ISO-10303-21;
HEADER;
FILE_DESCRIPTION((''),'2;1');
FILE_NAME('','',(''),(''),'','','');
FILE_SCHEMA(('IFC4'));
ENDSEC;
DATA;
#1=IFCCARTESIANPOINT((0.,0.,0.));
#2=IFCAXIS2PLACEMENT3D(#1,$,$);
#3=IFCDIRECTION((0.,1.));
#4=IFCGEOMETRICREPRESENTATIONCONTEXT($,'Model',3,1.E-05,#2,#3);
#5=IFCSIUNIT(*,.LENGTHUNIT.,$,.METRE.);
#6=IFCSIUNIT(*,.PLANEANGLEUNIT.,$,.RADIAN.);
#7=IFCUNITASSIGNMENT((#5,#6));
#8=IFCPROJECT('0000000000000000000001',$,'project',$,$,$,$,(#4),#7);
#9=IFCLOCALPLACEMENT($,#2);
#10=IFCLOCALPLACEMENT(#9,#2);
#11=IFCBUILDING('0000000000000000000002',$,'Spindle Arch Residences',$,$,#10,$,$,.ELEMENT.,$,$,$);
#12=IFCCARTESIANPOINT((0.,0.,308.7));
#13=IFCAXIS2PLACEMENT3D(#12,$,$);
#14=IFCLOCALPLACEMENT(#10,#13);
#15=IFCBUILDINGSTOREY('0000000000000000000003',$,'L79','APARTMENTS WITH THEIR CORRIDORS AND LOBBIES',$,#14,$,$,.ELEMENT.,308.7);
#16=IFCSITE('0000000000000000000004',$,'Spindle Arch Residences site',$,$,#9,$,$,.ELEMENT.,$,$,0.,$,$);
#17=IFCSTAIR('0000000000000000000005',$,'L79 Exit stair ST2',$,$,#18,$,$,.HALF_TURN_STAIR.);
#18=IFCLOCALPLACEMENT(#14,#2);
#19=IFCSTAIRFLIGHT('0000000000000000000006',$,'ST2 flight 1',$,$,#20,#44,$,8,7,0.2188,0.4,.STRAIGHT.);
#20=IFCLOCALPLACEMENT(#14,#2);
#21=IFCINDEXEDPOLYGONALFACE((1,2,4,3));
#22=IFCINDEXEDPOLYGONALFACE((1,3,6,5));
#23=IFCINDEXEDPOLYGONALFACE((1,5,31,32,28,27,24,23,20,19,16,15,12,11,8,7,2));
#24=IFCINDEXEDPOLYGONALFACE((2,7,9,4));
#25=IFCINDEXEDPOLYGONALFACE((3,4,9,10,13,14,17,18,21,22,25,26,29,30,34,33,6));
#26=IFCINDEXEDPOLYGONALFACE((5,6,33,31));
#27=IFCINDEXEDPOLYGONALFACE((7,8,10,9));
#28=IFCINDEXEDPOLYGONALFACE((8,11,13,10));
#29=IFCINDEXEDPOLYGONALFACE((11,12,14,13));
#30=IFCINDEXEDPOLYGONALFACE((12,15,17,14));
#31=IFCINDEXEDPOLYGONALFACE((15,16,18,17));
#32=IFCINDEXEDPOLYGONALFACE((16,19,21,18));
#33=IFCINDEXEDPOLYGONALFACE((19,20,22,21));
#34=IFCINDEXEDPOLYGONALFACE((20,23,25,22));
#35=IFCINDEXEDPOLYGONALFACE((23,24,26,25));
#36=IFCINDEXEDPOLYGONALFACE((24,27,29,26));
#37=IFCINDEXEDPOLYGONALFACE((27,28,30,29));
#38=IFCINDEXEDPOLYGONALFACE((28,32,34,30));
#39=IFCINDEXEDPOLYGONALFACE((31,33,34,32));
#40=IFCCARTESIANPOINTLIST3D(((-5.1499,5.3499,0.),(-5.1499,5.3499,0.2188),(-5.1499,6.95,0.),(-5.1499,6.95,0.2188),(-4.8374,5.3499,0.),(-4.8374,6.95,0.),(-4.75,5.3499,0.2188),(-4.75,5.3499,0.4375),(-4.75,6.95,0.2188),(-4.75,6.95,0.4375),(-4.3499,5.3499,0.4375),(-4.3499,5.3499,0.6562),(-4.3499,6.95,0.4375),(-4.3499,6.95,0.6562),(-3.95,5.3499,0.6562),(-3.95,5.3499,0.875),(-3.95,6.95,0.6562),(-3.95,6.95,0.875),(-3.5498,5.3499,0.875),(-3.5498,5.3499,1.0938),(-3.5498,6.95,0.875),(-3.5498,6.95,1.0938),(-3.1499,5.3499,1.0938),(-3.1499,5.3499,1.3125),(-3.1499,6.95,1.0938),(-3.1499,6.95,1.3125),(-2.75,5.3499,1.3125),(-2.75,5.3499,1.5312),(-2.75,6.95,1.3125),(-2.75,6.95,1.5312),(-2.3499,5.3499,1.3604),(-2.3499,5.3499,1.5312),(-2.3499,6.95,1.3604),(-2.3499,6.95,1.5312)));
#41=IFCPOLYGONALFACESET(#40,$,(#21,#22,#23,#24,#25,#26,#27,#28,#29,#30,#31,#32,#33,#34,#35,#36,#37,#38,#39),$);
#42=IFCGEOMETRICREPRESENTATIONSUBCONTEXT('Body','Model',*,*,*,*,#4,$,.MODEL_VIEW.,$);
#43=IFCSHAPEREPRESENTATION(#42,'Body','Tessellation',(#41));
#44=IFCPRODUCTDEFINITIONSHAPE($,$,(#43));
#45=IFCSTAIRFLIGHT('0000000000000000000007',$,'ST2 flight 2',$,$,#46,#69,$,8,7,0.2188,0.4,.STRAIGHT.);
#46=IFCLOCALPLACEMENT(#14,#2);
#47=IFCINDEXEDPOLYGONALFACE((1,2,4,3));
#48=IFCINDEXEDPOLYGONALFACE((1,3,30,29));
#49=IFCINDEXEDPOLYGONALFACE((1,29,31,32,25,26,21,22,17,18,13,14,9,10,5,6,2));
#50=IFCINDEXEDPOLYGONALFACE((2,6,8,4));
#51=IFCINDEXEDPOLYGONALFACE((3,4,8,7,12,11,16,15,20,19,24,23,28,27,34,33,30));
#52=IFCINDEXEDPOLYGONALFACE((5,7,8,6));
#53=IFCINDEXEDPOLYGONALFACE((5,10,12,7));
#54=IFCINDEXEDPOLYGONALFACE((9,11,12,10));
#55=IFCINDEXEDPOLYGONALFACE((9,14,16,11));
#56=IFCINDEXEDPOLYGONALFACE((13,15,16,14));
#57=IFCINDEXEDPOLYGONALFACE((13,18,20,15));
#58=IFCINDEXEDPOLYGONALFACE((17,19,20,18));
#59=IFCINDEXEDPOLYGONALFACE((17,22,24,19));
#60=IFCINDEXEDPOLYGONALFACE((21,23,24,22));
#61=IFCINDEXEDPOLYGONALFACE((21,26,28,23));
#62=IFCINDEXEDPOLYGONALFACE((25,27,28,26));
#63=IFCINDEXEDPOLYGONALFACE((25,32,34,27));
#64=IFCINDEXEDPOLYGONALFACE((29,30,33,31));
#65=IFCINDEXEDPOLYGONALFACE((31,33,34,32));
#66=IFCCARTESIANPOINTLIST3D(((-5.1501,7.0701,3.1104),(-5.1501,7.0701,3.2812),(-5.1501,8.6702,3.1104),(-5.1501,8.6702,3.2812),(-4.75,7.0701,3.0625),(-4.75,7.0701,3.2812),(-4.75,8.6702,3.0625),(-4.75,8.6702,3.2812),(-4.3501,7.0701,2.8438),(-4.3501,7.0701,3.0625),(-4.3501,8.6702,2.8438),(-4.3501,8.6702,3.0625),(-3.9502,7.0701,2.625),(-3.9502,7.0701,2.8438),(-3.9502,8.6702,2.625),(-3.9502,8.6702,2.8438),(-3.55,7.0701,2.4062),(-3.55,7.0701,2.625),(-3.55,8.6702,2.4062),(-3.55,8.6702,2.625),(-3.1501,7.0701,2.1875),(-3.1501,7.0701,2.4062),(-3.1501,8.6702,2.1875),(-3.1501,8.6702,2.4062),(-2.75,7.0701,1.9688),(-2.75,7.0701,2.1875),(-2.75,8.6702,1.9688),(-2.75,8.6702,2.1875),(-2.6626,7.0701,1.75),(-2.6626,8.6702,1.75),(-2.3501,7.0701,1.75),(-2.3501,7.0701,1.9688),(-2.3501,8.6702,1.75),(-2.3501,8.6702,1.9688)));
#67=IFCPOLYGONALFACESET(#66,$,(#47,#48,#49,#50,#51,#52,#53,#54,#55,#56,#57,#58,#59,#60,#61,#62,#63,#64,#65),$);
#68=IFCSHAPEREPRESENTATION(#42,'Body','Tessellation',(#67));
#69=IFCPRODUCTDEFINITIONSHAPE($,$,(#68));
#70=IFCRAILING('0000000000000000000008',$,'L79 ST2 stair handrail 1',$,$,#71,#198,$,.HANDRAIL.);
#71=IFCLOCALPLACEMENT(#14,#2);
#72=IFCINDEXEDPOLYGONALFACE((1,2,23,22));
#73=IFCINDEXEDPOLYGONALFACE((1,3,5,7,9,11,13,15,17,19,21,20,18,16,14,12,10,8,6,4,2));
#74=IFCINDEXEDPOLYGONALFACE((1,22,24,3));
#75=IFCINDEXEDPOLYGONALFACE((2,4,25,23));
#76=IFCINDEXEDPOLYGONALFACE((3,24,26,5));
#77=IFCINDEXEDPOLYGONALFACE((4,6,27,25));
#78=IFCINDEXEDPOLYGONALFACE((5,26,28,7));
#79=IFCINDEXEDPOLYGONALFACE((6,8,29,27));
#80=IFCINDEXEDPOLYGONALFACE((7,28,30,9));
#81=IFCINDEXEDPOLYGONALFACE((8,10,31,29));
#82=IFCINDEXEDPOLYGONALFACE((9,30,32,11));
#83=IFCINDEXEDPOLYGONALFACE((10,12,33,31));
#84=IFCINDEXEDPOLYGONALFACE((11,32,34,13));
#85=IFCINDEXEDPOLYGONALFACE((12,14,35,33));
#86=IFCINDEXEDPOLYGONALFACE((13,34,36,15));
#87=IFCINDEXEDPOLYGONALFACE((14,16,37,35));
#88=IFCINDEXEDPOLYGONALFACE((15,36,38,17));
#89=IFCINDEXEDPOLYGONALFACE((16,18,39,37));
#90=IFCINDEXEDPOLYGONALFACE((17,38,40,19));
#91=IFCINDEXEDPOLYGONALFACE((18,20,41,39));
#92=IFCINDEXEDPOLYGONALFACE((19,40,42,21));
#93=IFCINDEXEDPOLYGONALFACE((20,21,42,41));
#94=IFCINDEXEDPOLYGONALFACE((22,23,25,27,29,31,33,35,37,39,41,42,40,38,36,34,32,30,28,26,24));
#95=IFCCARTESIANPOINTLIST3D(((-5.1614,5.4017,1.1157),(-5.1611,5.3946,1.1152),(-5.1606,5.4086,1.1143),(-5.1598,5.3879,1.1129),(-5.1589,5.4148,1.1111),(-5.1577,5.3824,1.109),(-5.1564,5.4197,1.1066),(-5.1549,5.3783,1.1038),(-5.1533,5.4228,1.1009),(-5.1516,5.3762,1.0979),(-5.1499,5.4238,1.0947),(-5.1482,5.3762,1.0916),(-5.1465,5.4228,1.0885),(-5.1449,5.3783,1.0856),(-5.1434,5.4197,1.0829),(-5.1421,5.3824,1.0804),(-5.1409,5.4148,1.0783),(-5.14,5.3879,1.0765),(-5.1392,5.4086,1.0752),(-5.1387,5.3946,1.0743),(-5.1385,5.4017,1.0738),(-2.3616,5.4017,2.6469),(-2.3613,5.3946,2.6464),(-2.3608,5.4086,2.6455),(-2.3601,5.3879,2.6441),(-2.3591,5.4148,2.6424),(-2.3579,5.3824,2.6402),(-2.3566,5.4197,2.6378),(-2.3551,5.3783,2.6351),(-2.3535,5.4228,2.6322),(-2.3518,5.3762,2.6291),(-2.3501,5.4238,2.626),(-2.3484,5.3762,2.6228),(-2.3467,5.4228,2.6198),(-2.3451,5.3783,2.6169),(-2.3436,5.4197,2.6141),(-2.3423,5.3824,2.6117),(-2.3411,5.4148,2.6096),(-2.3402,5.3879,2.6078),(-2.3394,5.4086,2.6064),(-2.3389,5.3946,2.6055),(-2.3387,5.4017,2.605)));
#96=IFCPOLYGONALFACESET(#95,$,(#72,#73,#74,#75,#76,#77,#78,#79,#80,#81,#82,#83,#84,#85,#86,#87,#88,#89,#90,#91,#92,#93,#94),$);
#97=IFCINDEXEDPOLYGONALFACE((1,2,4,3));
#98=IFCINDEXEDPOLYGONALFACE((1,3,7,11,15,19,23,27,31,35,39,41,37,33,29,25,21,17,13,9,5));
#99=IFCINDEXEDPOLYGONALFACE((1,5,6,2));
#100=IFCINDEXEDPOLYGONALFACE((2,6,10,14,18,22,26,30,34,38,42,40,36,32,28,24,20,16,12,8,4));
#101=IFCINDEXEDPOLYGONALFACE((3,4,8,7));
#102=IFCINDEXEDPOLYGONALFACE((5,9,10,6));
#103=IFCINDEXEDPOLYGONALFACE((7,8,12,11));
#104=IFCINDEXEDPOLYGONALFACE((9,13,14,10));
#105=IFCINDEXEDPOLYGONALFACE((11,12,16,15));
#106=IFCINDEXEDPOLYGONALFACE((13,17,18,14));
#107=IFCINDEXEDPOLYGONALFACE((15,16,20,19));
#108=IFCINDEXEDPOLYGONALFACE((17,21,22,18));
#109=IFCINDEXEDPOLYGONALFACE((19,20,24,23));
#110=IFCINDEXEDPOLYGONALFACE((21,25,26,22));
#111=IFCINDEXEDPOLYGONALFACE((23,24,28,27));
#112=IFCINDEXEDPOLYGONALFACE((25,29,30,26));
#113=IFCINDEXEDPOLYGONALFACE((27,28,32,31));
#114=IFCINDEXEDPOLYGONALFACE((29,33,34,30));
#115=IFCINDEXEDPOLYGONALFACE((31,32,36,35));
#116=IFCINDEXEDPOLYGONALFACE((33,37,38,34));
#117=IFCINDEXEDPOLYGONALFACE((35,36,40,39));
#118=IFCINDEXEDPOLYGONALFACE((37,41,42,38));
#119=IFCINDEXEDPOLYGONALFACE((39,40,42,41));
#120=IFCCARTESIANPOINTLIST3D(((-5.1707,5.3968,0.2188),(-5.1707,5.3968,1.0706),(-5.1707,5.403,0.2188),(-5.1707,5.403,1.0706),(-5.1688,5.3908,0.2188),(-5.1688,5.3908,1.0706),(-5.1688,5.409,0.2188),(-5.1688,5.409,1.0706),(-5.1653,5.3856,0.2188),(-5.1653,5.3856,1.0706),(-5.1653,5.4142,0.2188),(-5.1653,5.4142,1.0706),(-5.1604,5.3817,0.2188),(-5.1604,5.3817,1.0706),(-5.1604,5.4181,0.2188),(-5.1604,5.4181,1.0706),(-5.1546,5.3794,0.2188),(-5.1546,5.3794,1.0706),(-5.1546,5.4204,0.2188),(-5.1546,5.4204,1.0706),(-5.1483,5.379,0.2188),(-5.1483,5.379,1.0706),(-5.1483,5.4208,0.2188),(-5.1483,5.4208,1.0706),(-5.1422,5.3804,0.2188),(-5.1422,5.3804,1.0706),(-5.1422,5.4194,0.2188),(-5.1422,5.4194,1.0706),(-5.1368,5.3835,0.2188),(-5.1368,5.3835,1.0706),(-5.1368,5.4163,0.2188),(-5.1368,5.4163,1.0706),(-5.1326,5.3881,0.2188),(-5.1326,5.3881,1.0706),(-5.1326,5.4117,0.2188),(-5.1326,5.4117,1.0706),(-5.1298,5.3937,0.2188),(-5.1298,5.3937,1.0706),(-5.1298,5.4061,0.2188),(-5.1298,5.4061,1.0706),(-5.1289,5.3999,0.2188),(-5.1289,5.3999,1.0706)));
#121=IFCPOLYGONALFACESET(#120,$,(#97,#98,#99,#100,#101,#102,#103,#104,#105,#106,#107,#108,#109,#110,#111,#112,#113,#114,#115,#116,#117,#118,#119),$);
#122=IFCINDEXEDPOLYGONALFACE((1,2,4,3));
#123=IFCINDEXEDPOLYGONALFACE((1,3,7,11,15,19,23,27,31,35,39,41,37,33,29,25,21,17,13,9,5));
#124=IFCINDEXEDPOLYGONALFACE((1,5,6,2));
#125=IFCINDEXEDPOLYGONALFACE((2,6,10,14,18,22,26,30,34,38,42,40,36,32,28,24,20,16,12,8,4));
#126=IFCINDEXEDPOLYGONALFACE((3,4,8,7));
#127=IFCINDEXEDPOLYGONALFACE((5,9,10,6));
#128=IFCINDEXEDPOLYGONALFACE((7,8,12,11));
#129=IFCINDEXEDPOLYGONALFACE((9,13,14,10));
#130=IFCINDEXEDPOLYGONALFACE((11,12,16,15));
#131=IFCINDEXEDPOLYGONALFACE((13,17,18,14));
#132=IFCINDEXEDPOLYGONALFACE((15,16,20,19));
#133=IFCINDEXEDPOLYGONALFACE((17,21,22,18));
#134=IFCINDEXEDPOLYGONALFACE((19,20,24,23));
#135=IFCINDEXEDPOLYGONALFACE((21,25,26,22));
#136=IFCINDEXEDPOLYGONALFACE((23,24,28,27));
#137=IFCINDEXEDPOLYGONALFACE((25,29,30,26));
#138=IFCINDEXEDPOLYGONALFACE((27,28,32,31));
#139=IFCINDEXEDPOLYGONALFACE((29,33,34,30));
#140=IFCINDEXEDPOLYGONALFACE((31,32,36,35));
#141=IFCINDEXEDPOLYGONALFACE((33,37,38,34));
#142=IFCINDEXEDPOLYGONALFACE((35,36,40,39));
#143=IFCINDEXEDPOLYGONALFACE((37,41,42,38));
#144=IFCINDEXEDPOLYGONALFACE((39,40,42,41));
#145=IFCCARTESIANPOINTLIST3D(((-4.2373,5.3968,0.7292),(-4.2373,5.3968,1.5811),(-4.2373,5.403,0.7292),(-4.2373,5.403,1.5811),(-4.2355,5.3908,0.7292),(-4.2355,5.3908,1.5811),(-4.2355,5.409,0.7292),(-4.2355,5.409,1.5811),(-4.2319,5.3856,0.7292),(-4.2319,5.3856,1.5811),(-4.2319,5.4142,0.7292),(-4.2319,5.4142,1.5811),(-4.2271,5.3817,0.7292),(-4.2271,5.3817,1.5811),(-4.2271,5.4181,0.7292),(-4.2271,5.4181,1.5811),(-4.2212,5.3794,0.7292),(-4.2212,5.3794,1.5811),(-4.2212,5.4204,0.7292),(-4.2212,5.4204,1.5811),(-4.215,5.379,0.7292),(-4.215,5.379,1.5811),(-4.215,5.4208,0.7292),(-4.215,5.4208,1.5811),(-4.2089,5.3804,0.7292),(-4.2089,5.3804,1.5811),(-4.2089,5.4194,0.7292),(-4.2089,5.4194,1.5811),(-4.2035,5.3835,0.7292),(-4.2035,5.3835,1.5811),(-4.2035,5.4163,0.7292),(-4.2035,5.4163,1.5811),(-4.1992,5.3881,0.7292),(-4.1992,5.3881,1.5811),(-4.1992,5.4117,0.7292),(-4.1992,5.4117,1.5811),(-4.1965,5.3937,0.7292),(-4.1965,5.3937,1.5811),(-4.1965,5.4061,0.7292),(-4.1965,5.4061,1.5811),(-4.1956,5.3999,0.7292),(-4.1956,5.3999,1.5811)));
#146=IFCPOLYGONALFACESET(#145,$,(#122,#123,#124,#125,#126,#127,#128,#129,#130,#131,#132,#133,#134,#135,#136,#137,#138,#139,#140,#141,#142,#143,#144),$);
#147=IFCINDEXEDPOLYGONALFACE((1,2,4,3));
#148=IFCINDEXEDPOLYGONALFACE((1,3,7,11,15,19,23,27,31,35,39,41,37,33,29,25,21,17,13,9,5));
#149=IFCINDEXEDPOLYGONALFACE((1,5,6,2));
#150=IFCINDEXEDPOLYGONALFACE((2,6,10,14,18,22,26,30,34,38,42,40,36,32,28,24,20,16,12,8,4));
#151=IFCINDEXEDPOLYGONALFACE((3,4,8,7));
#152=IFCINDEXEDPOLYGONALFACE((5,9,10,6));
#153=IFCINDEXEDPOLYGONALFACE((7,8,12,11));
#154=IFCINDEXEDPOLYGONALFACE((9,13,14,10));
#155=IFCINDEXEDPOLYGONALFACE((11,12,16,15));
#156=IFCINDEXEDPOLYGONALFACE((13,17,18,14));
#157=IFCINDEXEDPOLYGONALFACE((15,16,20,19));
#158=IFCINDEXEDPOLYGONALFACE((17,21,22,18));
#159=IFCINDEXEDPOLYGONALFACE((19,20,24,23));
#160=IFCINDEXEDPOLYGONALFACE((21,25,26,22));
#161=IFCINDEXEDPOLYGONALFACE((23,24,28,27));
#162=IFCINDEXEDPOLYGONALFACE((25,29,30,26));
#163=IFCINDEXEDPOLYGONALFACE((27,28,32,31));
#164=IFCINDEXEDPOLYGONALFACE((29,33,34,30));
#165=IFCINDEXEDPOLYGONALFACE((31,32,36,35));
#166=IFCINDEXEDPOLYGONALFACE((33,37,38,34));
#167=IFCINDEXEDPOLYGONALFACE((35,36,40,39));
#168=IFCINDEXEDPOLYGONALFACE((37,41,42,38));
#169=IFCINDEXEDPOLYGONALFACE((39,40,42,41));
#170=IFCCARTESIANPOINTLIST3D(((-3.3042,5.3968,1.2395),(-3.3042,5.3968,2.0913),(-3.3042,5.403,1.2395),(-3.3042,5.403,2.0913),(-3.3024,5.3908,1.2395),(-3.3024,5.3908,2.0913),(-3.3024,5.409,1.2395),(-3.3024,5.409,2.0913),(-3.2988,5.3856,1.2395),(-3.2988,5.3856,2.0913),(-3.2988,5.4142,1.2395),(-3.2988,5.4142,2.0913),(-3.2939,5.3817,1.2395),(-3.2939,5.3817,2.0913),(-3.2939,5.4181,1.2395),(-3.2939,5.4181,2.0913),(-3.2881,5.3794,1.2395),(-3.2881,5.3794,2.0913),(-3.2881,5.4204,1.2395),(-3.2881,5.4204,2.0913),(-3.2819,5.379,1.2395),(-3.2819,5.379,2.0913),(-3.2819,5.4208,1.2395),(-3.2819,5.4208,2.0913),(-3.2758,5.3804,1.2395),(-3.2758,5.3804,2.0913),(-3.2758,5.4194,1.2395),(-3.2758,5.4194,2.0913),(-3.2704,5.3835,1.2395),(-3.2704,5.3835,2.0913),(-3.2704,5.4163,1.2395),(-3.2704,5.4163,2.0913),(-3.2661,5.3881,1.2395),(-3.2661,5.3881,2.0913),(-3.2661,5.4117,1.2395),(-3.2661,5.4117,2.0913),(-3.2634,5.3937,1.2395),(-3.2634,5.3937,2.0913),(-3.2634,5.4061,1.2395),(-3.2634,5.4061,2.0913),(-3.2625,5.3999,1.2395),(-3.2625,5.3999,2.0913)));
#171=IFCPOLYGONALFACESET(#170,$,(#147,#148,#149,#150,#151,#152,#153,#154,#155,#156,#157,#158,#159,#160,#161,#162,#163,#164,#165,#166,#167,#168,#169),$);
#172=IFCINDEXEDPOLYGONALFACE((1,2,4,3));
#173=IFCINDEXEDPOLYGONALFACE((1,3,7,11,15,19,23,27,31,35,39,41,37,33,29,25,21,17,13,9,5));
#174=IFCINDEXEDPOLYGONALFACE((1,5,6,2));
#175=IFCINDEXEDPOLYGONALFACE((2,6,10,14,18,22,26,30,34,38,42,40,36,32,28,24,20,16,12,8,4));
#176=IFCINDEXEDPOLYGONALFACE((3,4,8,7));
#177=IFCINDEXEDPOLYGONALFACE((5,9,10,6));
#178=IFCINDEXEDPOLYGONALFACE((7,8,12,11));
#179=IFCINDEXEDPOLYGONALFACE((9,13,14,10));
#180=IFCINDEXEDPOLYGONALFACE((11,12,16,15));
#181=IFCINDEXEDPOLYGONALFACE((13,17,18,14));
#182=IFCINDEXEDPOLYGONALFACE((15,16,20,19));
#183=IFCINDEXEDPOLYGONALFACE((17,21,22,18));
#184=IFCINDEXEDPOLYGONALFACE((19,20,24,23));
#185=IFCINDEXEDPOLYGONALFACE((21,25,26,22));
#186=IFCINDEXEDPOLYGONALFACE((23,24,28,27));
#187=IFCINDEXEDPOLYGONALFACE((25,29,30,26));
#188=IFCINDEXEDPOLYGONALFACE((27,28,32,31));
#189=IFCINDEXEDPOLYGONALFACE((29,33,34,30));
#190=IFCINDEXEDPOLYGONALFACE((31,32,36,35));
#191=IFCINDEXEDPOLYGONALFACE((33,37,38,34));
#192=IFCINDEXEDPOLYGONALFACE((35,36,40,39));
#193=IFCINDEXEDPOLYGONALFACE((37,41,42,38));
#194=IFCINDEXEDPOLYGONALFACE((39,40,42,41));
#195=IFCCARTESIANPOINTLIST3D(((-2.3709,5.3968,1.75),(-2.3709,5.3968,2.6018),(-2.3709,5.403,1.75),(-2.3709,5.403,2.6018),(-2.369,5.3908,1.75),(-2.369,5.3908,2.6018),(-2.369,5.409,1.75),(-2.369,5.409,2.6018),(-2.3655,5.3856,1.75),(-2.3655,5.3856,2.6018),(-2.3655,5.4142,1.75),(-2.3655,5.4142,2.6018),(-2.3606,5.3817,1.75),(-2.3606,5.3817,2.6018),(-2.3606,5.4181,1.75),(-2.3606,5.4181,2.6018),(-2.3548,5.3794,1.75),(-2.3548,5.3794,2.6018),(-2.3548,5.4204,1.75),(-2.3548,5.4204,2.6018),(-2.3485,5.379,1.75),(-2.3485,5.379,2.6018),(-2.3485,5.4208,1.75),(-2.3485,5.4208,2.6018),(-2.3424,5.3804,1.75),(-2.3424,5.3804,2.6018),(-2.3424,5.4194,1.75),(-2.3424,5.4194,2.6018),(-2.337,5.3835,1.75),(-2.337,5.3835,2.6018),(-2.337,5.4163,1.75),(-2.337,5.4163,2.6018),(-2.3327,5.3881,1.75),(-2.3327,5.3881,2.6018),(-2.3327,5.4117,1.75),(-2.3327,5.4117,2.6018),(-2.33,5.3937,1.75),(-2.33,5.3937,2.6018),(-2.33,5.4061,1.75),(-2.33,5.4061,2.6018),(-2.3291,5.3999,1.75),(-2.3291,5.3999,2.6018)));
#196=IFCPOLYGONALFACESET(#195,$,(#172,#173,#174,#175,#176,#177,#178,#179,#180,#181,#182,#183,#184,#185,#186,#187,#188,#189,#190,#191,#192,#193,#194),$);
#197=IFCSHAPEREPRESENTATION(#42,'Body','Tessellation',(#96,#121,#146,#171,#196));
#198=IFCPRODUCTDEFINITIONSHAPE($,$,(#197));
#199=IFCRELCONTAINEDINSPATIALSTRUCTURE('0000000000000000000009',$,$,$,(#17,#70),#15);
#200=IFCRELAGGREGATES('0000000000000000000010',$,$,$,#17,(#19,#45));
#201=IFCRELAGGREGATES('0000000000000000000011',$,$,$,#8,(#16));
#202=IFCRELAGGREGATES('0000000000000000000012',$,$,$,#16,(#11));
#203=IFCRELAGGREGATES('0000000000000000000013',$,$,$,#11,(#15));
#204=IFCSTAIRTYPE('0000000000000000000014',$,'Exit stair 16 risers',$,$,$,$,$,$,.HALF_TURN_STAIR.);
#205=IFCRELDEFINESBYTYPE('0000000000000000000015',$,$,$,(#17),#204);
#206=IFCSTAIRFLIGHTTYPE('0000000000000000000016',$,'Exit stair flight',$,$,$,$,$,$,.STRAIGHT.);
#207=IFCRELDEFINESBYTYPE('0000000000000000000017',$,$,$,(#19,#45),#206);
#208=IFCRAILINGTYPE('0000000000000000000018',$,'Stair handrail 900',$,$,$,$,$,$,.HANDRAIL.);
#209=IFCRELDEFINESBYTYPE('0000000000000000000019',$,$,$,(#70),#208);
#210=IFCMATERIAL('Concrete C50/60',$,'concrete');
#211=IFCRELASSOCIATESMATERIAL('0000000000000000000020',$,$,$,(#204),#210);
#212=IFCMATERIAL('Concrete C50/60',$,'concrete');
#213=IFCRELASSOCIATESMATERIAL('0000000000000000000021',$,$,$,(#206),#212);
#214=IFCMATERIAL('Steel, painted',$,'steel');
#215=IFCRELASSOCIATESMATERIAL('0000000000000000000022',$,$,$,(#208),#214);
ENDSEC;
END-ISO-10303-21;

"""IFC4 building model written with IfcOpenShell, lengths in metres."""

from ifc_helpers import new_model, si_unit, direction, frame, origin, origin_2d, place, context, subcontext, project, spatial, polyline, circle, outline, extrude, material, type_object, element, aggregate, save


model = new_model("IFC4")

# Units and contexts
model_context = context("Model", 3, precision=1e-05, world=origin(), true_north=direction((0.0, 1.0)))
body_context = subcontext(model_context, "Body", "Model", "MODEL_VIEW")
ifc_project = project(units=[si_unit("LENGTHUNIT", "METRE"), si_unit("PLANEANGLEUNIT", "RADIAN")], contexts=[model_context])

# Site, building, storey
site_placement = place(None, origin())
site = spatial("IfcSite", under=ifc_project, at=site_placement, Name="Spindle Arch Residences site", CompositionType="ELEMENT", RefElevation=0.0)
building_placement = place(site_placement, origin())
building = spatial("IfcBuilding", under=site, at=building_placement, Name="Spindle Arch Residences", CompositionType="ELEMENT")
storey_placement = place(building_placement, frame((0.0, 0.0, 308.7)))
storey = spatial("IfcBuildingStorey", under=building, at=storey_placement, Name="L79", Description="APARTMENTS WITH THEIR CORRIDORS AND LOBBIES", CompositionType="ELEMENT", Elevation=308.7)

# Stair, stair flights
ifc_material_1 = material(Name="Concrete C50/60", Category="concrete")
stair_type = type_object("IfcStairType", Name="Exit stair 16 risers", PredefinedType="HALF_TURN_STAIR", material=ifc_material_1)
stair_placement = place(storey_placement, origin())
stair = element("IfcStair", 1, at=stair_placement, inside=storey, type_object=stair_type, Name="L79 Exit stair ST2", PredefinedType="HALF_TURN_STAIR")
ifc_material_2 = material(Name="Concrete C50/60", Category="concrete")
stair_flight_type = type_object("IfcStairFlightType", Name="Exit stair flight", PredefinedType="STRAIGHT", material=ifc_material_2)
stair_flight_1_placement = place(storey_placement, frame((-5.1499, 6.1499, 0.0), z_axis=(0.0, 0.0, 1.0), x_axis=(1.0, 0.0, 0.0)))
stair_flight_1 = element("IfcStairFlight", 2, at=stair_flight_1_placement, type_object=stair_flight_type, Name="ST2 flight 1", NumberOfRisers=8, NumberOfTreads=7, PredefinedType="STRAIGHT", RiserHeight=0.2188, TreadLength=0.4, context=body_context, shape_type="SweptSolid", body=[
    extrude(outline(polyline([(0.0, 0.0), (0.0, 0.2188), (0.3999, 0.2188), (0.3999, 0.4375), (0.8, 0.4375), (0.8, 0.6562), (1.2, 0.6562), (1.2, 0.875), (1.6001, 0.875), (1.6001, 1.0938), (2.0, 1.0938), (2.0, 1.3125), (2.3999, 1.3125), (2.3999, 1.5312), (2.8, 1.5312), (2.8, 1.75), (2.8, 1.3604), (0.3125, 0.0), (0.0, 0.0)])), frame((0.0, 0.8, 0.0), z_axis=(0.0, -1.0, 0.0), x_axis=(1.0, 0.0, 0.0)), (0.0, 0.0, 1.0), 1.6001),
])
stair_flight_2_placement = place(storey_placement, frame((-2.3501, 7.8701, 1.75), z_axis=(0.0, 0.0, 1.0), x_axis=(-1.0, 0.0, 0.0)))
stair_flight_2 = element("IfcStairFlight", 3, at=stair_flight_2_placement, type_object=stair_flight_type, Name="ST2 flight 2", NumberOfRisers=8, NumberOfTreads=7, PredefinedType="STRAIGHT", RiserHeight=0.2188, TreadLength=0.4, context=body_context, shape_type="SweptSolid", body=[
    extrude(outline(polyline([(0.0, 0.0), (0.0, 0.2188), (0.3999, 0.2188), (0.3999, 0.4375), (0.8, 0.4375), (0.8, 0.6562), (1.2, 0.6562), (1.2, 0.875), (1.6001, 0.875), (1.6001, 1.0938), (2.0, 1.0938), (2.0, 1.3125), (2.3999, 1.3125), (2.3999, 1.5312), (2.8, 1.5312), (2.8, 1.75), (2.8, 1.3604), (0.3125, 0.0), (0.0, 0.0)])), frame((0.0, 0.8, 0.0), z_axis=(0.0, -1.0, 0.0), x_axis=(1.0, 0.0, 0.0)), (0.0, 0.0, 1.0), 1.6001),
])
aggregate(stair, [stair_flight_1, stair_flight_2])

# Railing
ifc_material_3 = material(Name="Steel, painted", Category="steel")
railing_type_1 = type_object("IfcRailingType", Name="Stair handrail 900", PredefinedType="HANDRAIL", material=ifc_material_3)
railing_1_placement = place(storey_placement, frame((-5.1499, 5.3999, 0.2188)))
element("IfcRailing", 4, at=railing_1_placement, inside=storey, type_object=railing_type_1, Name="L79 ST2 stair handrail 1", PredefinedType="HANDRAIL", context=body_context, shape_type="SweptSolid", body=[
    extrude(circle(Radius=0.0239, at=origin_2d()), frame((0.0, 0.0, 0.876), z_axis=(0.877357, 0.0, 0.479838), x_axis=(0.0, 1.0, 0.0)), (0.0, 0.0, 1.0), 3.1912),
    extrude(circle(Radius=0.021, at=origin_2d()), origin(), (0.0, 0.0, 1.0), 0.8518),
    extrude(circle(Radius=0.021, at=origin_2d()), frame((0.9333, 0.0, 0.5105)), (0.0, 0.0, 1.0), 0.8518),
    extrude(circle(Radius=0.021, at=origin_2d()), frame((1.8665, 0.0, 1.0208)), (0.0, 0.0, 1.0), 0.8518),
    extrude(circle(Radius=0.021, at=origin_2d()), frame((2.7998, 0.0, 1.5312)), (0.0, 0.0, 1.0), 0.8518),
])

save(model, "model.ifc")
